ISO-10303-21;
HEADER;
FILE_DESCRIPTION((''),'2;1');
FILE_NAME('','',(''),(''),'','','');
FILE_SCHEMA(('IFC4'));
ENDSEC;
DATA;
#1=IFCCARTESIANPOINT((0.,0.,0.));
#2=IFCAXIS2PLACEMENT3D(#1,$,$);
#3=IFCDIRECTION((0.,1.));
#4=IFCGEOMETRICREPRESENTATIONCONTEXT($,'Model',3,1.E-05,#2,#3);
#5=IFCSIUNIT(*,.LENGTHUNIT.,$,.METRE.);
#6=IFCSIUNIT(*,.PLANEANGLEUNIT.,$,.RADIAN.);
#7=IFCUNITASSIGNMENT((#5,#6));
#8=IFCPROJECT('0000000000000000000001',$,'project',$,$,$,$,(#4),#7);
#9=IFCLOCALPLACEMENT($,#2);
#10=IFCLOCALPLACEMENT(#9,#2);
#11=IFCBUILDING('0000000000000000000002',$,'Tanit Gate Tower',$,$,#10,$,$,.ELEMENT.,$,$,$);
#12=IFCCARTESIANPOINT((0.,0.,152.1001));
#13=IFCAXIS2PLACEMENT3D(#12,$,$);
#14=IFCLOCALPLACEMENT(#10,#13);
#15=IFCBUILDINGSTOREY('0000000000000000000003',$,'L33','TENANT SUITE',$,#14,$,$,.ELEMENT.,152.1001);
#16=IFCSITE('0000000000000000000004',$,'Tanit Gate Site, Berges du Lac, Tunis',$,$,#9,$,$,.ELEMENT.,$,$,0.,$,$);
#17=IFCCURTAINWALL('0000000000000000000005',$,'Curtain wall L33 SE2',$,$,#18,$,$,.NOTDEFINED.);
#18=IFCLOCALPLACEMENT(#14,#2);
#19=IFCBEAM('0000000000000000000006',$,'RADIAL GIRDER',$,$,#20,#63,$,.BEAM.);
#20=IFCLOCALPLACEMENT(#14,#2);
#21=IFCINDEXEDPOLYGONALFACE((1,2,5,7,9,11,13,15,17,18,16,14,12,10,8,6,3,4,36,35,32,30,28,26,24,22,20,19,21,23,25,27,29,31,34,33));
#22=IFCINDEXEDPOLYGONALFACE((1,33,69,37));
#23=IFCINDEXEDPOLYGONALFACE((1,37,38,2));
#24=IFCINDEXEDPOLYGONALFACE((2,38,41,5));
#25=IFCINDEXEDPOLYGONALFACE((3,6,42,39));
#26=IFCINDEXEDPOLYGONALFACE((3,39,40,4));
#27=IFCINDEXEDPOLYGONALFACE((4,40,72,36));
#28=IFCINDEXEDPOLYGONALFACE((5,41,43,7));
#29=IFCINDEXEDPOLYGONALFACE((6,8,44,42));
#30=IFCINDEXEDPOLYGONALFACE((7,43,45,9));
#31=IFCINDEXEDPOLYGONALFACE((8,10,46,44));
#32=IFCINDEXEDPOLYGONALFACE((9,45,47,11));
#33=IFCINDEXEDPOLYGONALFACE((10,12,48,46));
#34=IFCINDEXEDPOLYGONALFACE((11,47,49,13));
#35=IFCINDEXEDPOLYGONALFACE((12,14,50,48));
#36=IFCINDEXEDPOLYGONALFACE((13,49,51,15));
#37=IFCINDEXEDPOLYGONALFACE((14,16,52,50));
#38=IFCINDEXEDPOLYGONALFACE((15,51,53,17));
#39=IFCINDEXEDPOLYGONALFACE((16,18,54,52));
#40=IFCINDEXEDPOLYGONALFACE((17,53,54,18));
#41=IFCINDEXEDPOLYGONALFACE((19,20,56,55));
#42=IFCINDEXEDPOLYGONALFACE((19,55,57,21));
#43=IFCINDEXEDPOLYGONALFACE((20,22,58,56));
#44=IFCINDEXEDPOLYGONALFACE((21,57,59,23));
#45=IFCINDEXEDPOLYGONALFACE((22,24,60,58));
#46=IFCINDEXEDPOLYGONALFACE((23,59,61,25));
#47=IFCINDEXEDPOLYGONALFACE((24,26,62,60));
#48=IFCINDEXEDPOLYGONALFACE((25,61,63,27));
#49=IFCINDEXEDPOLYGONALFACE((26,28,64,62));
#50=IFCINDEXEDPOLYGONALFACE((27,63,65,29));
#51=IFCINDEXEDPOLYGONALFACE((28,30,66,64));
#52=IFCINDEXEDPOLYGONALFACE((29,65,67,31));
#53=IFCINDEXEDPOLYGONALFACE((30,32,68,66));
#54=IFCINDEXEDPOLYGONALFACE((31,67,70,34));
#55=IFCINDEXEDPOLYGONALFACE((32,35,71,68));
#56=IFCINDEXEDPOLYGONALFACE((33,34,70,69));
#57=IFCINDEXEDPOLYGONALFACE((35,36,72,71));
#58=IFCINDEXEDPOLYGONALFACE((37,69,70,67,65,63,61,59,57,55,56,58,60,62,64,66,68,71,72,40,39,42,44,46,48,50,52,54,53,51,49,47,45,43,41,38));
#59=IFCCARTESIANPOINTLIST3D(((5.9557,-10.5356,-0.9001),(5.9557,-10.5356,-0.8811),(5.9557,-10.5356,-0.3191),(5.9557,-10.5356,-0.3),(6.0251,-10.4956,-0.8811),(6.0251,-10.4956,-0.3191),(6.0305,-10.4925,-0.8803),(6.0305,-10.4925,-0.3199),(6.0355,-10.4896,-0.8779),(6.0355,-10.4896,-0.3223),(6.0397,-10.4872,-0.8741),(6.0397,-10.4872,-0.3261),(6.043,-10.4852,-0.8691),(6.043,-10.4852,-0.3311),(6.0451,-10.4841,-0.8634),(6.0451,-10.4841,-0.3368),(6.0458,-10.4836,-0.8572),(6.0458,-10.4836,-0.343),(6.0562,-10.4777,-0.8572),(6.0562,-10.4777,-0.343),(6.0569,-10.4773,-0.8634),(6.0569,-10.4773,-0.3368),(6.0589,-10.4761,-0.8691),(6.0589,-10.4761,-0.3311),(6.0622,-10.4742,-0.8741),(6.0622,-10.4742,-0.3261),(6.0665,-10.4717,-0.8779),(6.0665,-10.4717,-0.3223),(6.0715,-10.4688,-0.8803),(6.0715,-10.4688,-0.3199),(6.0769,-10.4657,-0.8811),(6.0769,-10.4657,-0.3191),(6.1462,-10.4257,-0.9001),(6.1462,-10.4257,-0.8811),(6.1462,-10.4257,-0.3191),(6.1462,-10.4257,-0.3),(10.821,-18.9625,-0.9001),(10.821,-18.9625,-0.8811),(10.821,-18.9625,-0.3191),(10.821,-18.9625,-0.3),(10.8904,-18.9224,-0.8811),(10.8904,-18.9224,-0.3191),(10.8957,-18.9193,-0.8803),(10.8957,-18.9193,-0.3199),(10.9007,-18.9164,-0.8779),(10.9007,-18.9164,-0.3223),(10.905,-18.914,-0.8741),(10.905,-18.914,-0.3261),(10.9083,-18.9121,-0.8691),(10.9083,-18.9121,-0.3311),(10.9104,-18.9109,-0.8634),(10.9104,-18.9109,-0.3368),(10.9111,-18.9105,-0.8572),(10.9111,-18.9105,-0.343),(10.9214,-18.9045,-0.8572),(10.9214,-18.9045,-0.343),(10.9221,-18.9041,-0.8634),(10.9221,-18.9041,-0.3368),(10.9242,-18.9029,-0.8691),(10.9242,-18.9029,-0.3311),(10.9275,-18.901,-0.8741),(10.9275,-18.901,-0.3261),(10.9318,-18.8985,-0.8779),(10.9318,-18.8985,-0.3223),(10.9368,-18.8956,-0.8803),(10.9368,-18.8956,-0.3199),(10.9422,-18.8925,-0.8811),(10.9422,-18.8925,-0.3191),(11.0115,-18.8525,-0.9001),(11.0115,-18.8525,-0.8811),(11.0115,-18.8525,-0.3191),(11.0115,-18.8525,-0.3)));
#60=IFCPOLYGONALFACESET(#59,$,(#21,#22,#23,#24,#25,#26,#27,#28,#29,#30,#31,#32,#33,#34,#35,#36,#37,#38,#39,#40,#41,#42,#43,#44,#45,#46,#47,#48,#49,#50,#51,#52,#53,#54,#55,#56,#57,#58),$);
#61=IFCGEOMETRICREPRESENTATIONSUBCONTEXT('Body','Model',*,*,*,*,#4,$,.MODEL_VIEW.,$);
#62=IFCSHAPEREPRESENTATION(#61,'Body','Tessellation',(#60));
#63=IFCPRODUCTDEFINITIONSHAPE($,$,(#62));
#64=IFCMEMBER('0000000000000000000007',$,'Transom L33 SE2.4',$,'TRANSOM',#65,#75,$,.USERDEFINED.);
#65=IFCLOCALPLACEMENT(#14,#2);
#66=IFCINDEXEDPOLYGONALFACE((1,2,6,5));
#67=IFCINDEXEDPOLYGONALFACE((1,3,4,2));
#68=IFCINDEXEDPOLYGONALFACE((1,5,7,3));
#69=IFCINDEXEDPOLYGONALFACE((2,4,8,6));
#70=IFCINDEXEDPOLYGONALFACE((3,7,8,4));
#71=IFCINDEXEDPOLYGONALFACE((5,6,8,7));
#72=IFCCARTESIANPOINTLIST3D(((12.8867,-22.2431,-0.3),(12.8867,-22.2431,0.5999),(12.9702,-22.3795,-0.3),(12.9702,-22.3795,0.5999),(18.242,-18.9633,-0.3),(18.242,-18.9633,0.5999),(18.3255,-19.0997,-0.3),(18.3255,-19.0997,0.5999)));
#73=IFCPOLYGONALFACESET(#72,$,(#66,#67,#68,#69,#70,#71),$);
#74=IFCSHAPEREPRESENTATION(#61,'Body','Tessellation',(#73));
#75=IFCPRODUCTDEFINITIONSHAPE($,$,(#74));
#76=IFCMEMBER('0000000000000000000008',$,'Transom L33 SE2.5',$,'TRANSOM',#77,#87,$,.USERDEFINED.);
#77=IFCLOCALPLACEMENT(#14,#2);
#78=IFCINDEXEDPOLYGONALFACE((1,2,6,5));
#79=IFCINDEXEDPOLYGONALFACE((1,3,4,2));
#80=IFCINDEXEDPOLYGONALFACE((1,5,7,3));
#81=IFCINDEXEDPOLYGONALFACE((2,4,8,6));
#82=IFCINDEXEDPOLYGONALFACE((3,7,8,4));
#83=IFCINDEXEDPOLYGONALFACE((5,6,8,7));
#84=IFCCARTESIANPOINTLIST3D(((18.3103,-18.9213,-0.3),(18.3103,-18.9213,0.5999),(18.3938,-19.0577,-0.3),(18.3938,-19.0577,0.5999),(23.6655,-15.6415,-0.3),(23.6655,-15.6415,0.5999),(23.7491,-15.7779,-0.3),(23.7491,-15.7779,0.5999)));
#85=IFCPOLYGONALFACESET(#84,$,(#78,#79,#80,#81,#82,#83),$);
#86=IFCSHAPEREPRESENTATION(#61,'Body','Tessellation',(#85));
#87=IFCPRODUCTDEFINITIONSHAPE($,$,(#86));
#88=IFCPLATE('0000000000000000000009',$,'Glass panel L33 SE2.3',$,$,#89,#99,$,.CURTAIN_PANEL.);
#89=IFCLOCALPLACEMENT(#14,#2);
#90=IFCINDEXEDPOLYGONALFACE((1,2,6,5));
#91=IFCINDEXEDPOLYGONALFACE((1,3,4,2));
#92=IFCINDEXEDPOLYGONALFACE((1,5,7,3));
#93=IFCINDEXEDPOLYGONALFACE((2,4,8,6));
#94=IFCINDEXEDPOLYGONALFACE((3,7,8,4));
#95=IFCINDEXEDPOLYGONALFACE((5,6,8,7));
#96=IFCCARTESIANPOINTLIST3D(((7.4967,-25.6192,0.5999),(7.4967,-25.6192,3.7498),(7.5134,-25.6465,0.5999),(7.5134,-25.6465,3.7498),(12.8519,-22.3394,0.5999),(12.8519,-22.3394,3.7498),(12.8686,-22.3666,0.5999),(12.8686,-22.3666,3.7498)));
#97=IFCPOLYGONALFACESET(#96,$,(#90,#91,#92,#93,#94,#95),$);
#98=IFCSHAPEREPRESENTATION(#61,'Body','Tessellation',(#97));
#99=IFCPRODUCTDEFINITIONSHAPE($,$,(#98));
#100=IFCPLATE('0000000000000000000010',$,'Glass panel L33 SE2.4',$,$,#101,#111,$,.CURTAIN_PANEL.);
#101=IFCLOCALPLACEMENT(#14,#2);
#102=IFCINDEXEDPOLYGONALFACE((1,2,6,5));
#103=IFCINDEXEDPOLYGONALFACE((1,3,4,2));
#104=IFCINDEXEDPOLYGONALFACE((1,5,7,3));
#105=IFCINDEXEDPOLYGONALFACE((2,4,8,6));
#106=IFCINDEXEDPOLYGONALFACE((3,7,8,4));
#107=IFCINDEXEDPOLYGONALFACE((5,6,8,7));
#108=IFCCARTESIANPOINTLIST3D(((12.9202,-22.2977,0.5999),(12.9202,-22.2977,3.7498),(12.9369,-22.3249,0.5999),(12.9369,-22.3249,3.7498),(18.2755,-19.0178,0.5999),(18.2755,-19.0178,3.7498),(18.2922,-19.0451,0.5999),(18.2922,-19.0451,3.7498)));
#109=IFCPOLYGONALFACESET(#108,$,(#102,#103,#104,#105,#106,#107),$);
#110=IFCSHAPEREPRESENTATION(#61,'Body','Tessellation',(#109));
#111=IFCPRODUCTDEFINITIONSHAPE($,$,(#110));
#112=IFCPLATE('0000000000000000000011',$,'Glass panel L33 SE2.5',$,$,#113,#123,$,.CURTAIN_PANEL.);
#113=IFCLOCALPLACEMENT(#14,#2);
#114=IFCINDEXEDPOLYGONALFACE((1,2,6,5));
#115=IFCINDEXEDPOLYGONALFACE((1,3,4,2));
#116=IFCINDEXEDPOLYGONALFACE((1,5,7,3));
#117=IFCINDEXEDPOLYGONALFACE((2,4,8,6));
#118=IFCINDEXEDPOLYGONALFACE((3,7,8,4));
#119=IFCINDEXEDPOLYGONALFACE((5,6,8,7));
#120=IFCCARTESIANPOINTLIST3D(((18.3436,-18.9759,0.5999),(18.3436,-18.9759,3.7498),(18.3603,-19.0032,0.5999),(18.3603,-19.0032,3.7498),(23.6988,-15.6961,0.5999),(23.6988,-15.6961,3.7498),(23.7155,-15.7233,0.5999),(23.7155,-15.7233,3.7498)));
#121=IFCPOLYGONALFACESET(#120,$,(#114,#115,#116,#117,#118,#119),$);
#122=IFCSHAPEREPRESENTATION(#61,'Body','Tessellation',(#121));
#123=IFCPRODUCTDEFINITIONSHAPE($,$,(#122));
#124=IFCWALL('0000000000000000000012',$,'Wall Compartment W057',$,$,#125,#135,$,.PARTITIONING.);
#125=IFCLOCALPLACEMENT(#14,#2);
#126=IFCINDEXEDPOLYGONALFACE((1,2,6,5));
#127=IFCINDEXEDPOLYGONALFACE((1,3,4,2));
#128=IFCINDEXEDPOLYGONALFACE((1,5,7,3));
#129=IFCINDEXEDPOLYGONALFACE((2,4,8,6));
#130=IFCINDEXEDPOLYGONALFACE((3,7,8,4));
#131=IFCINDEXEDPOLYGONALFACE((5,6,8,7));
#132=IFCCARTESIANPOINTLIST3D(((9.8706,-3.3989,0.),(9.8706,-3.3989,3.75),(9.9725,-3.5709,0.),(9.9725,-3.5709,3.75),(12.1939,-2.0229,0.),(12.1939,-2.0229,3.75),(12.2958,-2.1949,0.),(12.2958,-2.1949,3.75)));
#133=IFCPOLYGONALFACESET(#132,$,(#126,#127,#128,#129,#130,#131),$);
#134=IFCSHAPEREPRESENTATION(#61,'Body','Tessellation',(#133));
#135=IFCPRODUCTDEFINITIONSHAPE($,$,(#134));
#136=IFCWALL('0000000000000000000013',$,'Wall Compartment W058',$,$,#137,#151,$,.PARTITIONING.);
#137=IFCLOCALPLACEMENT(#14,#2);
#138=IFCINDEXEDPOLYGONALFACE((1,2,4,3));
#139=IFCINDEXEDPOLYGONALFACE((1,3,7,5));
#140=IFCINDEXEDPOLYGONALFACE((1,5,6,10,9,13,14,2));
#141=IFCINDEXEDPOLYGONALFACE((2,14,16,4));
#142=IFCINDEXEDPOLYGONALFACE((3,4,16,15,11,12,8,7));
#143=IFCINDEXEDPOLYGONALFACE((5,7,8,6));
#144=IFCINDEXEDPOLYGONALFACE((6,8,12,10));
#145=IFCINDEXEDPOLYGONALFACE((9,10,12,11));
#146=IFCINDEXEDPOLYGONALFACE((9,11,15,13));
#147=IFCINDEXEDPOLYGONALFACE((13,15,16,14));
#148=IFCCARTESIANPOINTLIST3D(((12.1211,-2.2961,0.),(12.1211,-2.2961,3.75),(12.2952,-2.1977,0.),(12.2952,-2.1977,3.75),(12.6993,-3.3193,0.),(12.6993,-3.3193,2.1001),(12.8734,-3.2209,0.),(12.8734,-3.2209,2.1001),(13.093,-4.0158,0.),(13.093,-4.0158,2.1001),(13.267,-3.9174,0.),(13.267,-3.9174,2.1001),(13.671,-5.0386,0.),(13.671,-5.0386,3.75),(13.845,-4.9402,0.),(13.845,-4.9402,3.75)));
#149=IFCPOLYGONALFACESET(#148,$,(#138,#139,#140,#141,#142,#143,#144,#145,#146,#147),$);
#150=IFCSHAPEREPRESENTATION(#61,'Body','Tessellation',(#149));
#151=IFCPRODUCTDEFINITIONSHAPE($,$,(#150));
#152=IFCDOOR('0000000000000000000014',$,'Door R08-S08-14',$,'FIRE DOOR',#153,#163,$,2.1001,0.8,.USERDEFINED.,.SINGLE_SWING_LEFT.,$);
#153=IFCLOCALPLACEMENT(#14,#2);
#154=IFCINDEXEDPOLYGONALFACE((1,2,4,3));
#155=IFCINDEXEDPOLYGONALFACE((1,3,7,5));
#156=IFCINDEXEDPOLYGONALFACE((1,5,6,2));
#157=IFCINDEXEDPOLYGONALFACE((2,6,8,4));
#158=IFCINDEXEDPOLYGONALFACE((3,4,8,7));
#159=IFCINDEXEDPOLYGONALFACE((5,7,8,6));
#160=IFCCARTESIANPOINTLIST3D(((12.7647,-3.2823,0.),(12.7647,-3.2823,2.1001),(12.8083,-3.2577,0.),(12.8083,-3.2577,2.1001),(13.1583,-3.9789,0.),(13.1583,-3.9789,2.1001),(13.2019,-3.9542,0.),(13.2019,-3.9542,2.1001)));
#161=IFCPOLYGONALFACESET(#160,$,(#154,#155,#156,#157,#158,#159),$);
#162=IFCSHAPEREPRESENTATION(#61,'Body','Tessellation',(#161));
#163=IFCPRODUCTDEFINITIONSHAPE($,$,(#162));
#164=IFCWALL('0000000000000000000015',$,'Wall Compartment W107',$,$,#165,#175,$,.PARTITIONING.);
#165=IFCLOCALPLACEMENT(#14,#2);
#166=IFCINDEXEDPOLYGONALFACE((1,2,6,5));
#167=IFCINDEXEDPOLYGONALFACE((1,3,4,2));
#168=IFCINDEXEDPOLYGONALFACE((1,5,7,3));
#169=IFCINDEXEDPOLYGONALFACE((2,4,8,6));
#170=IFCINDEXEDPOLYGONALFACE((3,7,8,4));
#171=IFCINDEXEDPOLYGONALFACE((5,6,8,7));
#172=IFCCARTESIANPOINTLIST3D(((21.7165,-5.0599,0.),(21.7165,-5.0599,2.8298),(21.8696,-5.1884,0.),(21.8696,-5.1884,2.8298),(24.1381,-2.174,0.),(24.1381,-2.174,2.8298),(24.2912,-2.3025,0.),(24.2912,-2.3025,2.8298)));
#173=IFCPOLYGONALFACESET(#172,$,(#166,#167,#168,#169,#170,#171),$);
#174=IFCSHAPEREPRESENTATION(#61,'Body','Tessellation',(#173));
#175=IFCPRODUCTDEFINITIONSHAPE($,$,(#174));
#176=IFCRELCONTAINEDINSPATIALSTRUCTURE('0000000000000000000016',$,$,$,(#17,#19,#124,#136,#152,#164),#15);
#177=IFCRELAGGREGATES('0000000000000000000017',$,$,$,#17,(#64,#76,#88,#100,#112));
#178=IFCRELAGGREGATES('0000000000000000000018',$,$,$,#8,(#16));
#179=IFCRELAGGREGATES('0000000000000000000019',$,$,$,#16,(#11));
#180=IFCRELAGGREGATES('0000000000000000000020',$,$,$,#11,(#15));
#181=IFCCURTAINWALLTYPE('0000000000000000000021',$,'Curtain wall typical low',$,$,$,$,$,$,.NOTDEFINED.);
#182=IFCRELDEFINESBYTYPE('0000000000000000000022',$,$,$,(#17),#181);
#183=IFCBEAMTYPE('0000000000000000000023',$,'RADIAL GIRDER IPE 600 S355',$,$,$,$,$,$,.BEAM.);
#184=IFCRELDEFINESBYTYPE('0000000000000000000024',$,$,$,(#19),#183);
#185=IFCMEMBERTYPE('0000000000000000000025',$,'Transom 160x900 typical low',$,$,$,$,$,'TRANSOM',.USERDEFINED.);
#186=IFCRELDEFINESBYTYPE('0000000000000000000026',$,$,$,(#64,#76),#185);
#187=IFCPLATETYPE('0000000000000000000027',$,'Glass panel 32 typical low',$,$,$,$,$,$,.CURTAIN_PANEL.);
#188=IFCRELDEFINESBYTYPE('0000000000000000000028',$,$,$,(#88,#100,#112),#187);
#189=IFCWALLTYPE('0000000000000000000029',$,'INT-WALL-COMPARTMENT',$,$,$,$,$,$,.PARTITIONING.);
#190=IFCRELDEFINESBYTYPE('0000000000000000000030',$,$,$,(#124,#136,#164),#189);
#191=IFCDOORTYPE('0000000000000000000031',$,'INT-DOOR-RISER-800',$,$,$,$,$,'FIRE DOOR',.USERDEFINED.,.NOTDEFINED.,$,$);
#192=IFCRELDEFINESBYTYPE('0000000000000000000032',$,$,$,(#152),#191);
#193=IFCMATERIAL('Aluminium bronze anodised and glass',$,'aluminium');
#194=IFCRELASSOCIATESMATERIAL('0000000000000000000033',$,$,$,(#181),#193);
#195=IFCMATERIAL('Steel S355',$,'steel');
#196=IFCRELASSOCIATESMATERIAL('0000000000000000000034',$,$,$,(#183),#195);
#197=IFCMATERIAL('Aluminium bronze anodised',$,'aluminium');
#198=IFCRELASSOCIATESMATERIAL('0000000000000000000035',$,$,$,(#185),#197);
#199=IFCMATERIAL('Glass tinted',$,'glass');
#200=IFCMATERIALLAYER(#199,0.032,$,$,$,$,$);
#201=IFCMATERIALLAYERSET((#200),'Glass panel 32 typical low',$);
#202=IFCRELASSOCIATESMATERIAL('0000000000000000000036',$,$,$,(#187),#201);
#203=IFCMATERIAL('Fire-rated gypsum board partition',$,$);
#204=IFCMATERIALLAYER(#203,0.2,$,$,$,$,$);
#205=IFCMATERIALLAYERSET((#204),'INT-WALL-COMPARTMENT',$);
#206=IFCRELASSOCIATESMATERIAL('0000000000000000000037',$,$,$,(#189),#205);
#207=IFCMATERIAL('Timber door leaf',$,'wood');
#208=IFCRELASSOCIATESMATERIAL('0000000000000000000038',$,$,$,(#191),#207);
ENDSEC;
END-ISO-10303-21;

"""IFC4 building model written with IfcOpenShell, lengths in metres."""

from ifc_helpers import new_model, si_unit, direction, frame, frame_2d, origin, origin_2d, place, context, subcontext, project, spatial, rectangle, i_section, extrude, material, layer, layer_set, material_profile, profile_set, type_object, element, fill, aggregate, save


model = new_model("IFC4")

# Units and contexts
model_context = context("Model", 3, precision=1e-05, world=origin(), true_north=direction((0.0, 1.0)))
body_context = subcontext(model_context, "Body", "Model", "MODEL_VIEW")
ifc_project = project(units=[si_unit("LENGTHUNIT", "METRE"), si_unit("PLANEANGLEUNIT", "RADIAN")], contexts=[model_context])

# Site, building, storey
site_placement = place(None, origin())
site = spatial("IfcSite", under=ifc_project, at=site_placement, Name="Tanit Gate Site, Berges du Lac, Tunis", CompositionType="ELEMENT", RefElevation=0.0)
building_placement = place(site_placement, origin())
building = spatial("IfcBuilding", under=site, at=building_placement, Name="Tanit Gate Tower", CompositionType="ELEMENT")
storey_placement = place(building_placement, frame((0.0, 0.0, 152.1001)))
storey = spatial("IfcBuildingStorey", under=building, at=storey_placement, Name="L33", Description="TENANT SUITE", CompositionType="ELEMENT", Elevation=152.1001)

# Curtain wall
ifc_material_1 = material(Name="Aluminium bronze anodised and glass", Category="aluminium")
curtain_wall_type = type_object("IfcCurtainWallType", Name="Curtain wall typical low", PredefinedType="NOTDEFINED", material=ifc_material_1)
curtain_wall_placement = place(storey_placement, origin())
curtain_wall = element("IfcCurtainWall", 1, at=curtain_wall_placement, inside=storey, type_object=curtain_wall_type, Name="Curtain wall L33 SE2", PredefinedType="NOTDEFINED")

# Beam
ifc_material_2 = material(Name="Steel S355", Category="steel")
ifc_material_profile_1 = material_profile(ifc_material_2, i_section(OverallWidth=0.22, OverallDepth=0.6001, WebThickness=0.012, FlangeThickness=0.019, FilletRadius=0.0239, at=origin_2d()), Name="IPE 600")
ifc_profile_set_1 = profile_set([ifc_material_profile_1], Name="Steel S355")
beam_type_1 = type_object("IfcBeamType", Name="RADIAL GIRDER IPE 600 S355", PredefinedType="BEAM", material=ifc_profile_set_1)
beam_1_placement = place(storey_placement, frame((10.9163, -18.9075, -0.6001), z_axis=(-0.500003, 0.866023, 0.0), x_axis=(-0.866023, -0.500003, 0.0)))
element("IfcBeam", 2, at=beam_1_placement, inside=storey, type_object=beam_type_1, Name="RADIAL GIRDER", PredefinedType="BEAM", context=body_context, shape_type="SweptSolid", body=[
    extrude(i_section(OverallWidth=0.22, OverallDepth=0.6001, WebThickness=0.012, FlangeThickness=0.019, FilletRadius=0.0239, at=origin_2d()), origin(), (0.0, 0.0, 1.0), 9.7305),
])

# Members
ifc_material_3 = material(Name="Aluminium bronze anodised", Category="aluminium")
ifc_material_profile_2 = material_profile(ifc_material_3, rectangle(XDim=0.1599, YDim=0.8999, at=origin_2d()), Name="160x900 bronze transom")
ifc_profile_set_2 = profile_set([ifc_material_profile_2], Name="Aluminium bronze anodised")
member_type_1 = type_object("IfcMemberType", Name="Transom 160x900 typical low", ElementType="TRANSOM", PredefinedType="USERDEFINED", material=ifc_profile_set_2)
member_1_placement = place(storey_placement, frame((12.9285, -22.3113, 0.1499), z_axis=(0.852775, 0.522279, 0.0), x_axis=(-0.522279, 0.852775, 0.0)))
member_1 = element("IfcMember", 3, at=member_1_placement, type_object=member_type_1, Name="Transom L33 SE2.4", ObjectType="TRANSOM", PredefinedType="USERDEFINED", context=body_context, shape_type="SweptSolid", body=[
    extrude(rectangle(XDim=0.1599, YDim=0.8999, at=origin_2d()), origin(), (0.0, 0.0, 1.0), 6.2798),
])
member_2_placement = place(storey_placement, frame((18.3521, -18.9895, 0.1499), z_axis=(0.852775, 0.522279, 0.0), x_axis=(-0.522279, 0.852775, 0.0)))
member_2 = element("IfcMember", 4, at=member_2_placement, type_object=member_type_1, Name="Transom L33 SE2.5", ObjectType="TRANSOM", PredefinedType="USERDEFINED", context=body_context, shape_type="SweptSolid", body=[
    extrude(rectangle(XDim=0.1599, YDim=0.8999, at=origin_2d()), origin(), (0.0, 0.0, 1.0), 6.2798),
])

# Plates
ifc_material_4 = material(Name="Glass tinted", Category="glass")
ifc_layer_1 = layer(ifc_material_4, 0.032)
ifc_layer_set_1 = layer_set([ifc_layer_1], Name="Glass panel 32 typical low")
plate_type = type_object("IfcPlateType", Name="Glass panel 32 typical low", PredefinedType="CURTAIN_PANEL", material=ifc_layer_set_1)
plate_1_placement = place(storey_placement, frame((10.1826, -23.9929, 0.5999), z_axis=(0.0, 0.0, 1.0), x_axis=(0.852772, 0.522283, 0.0)))
plate_1 = element("IfcPlate", 5, at=plate_1_placement, type_object=plate_type, Name="Glass panel L33 SE2.3", PredefinedType="CURTAIN_PANEL", context=body_context, shape_type="SweptSolid", body=[
    extrude(rectangle(XDim=6.2798, YDim=0.032, at=origin_2d()), origin(), (0.0, 0.0, 1.0), 3.1499),
])
plate_2_placement = place(storey_placement, frame((15.6062, -20.6714, 0.5999), z_axis=(0.0, 0.0, 1.0), x_axis=(0.852772, 0.522283, 0.0)))
plate_2 = element("IfcPlate", 6, at=plate_2_placement, type_object=plate_type, Name="Glass panel L33 SE2.4", PredefinedType="CURTAIN_PANEL", context=body_context, shape_type="SweptSolid", body=[
    extrude(rectangle(XDim=6.2798, YDim=0.032, at=origin_2d()), origin(), (0.0, 0.0, 1.0), 3.1499),
])
plate_3_placement = place(storey_placement, frame((21.0295, -17.3496, 0.5999), z_axis=(0.0, 0.0, 1.0), x_axis=(0.852772, 0.522283, 0.0)))
plate_3 = element("IfcPlate", 7, at=plate_3_placement, type_object=plate_type, Name="Glass panel L33 SE2.5", PredefinedType="CURTAIN_PANEL", context=body_context, shape_type="SweptSolid", body=[
    extrude(rectangle(XDim=6.2798, YDim=0.032, at=origin_2d()), origin(), (0.0, 0.0, 1.0), 3.1499),
])
aggregate(curtain_wall, [member_1, member_2, plate_1, plate_2, plate_3])

# Wall
ifc_material_5 = material(Name="Fire-rated gypsum board partition")
ifc_layer_2 = layer(ifc_material_5, 0.2)
ifc_layer_set_2 = layer_set([ifc_layer_2], Name="INT-WALL-COMPARTMENT")
wall_type_1 = type_object("IfcWallType", Name="INT-WALL-COMPARTMENT", PredefinedType="PARTITIONING", material=ifc_layer_set_2)
wall_1_placement = place(storey_placement, frame((12.2449, -2.1089, 0.0), z_axis=(0.0, 0.0, 1.0), x_axis=(-0.860415, -0.509594, 0.0)))
element("IfcWall", 8, at=wall_1_placement, inside=storey, type_object=wall_type_1, Name="Wall Compartment W057", PredefinedType="PARTITIONING", context=body_context, shape_type="SweptSolid", body=[
    extrude(rectangle(XDim=2.7002, YDim=0.2, at=frame_2d((1.3501, 0.0))), origin(), (0.0, 0.0, 1.0), 3.75),
])

# Wall, opening, door
wall_2_placement = place(storey_placement, frame((13.7581, -4.9895, 0.0), z_axis=(0.0, 0.0, 1.0), x_axis=(-0.491993, 0.870599, 0.0)))
wall_2 = element("IfcWall", 9, at=wall_2_placement, inside=storey, type_object=wall_type_1, Name="Wall Compartment W058", PredefinedType="PARTITIONING", context=body_context, shape_type="SweptSolid", body=[
    extrude(rectangle(XDim=3.1501, YDim=0.2, at=frame_2d((1.5752, 0.0))), origin(), (0.0, 0.0, 1.0), 3.75),
])
opening_1_placement = place(wall_2_placement, frame((1.175, 0.0, 0.0)))
opening_1 = element("IfcOpeningElement", 10, at=opening_1_placement, cuts=wall_2, PredefinedType="OPENING", context=body_context, shape_type="SweptSolid", body=[
    extrude(rectangle(XDim=0.8, YDim=2.1001, at=frame_2d((0.3999, 1.05))), frame((0.0, 0.1099, 0.0), z_axis=(0.0, -1.0, 0.0), x_axis=(1.0, 0.0, 0.0)), (0.0, 0.0, 1.0), 0.22),
])
ifc_material_6 = material(Name="Timber door leaf", Category="wood")
door_type_1 = type_object("IfcDoorType", Name="INT-DOOR-RISER-800", ElementType="FIRE DOOR", OperationType="NOTDEFINED", PredefinedType="USERDEFINED", material=ifc_material_6)
door_1_placement = place(opening_1_placement, origin())
door_1 = element("IfcDoor", 11, at=door_1_placement, inside=storey, type_object=door_type_1, Name="Door R08-S08-14", ObjectType="FIRE DOOR", OperationType="SINGLE_SWING_LEFT", OverallHeight=2.1001, OverallWidth=0.8, PredefinedType="USERDEFINED", context=body_context, shape_type="SweptSolid", body=[
    extrude(rectangle(XDim=0.8, YDim=2.1001, at=frame_2d((0.3999, 1.05))), frame((0.0, 0.0249, 0.0), z_axis=(0.0, -1.0, 0.0), x_axis=(1.0, 0.0, 0.0)), (0.0, 0.0, 1.0), 0.05),
])
fill(opening_1, door_1)

# Wall
wall_3_placement = place(storey_placement, frame((21.793, -5.1243, 0.0), z_axis=(0.0, 0.0, 1.0), x_axis=(0.642788, 0.766044, 0.0)))
element("IfcWall", 12, at=wall_3_placement, inside=storey, type_object=wall_type_1, Name="Wall Compartment W107", PredefinedType="PARTITIONING", context=body_context, shape_type="SweptSolid", body=[
    extrude(rectangle(XDim=3.7673, YDim=0.2, at=frame_2d((1.8838, 0.0))), origin(), (0.0, 0.0, 1.0), 2.8298),
])

save(model, "model.ifc")
